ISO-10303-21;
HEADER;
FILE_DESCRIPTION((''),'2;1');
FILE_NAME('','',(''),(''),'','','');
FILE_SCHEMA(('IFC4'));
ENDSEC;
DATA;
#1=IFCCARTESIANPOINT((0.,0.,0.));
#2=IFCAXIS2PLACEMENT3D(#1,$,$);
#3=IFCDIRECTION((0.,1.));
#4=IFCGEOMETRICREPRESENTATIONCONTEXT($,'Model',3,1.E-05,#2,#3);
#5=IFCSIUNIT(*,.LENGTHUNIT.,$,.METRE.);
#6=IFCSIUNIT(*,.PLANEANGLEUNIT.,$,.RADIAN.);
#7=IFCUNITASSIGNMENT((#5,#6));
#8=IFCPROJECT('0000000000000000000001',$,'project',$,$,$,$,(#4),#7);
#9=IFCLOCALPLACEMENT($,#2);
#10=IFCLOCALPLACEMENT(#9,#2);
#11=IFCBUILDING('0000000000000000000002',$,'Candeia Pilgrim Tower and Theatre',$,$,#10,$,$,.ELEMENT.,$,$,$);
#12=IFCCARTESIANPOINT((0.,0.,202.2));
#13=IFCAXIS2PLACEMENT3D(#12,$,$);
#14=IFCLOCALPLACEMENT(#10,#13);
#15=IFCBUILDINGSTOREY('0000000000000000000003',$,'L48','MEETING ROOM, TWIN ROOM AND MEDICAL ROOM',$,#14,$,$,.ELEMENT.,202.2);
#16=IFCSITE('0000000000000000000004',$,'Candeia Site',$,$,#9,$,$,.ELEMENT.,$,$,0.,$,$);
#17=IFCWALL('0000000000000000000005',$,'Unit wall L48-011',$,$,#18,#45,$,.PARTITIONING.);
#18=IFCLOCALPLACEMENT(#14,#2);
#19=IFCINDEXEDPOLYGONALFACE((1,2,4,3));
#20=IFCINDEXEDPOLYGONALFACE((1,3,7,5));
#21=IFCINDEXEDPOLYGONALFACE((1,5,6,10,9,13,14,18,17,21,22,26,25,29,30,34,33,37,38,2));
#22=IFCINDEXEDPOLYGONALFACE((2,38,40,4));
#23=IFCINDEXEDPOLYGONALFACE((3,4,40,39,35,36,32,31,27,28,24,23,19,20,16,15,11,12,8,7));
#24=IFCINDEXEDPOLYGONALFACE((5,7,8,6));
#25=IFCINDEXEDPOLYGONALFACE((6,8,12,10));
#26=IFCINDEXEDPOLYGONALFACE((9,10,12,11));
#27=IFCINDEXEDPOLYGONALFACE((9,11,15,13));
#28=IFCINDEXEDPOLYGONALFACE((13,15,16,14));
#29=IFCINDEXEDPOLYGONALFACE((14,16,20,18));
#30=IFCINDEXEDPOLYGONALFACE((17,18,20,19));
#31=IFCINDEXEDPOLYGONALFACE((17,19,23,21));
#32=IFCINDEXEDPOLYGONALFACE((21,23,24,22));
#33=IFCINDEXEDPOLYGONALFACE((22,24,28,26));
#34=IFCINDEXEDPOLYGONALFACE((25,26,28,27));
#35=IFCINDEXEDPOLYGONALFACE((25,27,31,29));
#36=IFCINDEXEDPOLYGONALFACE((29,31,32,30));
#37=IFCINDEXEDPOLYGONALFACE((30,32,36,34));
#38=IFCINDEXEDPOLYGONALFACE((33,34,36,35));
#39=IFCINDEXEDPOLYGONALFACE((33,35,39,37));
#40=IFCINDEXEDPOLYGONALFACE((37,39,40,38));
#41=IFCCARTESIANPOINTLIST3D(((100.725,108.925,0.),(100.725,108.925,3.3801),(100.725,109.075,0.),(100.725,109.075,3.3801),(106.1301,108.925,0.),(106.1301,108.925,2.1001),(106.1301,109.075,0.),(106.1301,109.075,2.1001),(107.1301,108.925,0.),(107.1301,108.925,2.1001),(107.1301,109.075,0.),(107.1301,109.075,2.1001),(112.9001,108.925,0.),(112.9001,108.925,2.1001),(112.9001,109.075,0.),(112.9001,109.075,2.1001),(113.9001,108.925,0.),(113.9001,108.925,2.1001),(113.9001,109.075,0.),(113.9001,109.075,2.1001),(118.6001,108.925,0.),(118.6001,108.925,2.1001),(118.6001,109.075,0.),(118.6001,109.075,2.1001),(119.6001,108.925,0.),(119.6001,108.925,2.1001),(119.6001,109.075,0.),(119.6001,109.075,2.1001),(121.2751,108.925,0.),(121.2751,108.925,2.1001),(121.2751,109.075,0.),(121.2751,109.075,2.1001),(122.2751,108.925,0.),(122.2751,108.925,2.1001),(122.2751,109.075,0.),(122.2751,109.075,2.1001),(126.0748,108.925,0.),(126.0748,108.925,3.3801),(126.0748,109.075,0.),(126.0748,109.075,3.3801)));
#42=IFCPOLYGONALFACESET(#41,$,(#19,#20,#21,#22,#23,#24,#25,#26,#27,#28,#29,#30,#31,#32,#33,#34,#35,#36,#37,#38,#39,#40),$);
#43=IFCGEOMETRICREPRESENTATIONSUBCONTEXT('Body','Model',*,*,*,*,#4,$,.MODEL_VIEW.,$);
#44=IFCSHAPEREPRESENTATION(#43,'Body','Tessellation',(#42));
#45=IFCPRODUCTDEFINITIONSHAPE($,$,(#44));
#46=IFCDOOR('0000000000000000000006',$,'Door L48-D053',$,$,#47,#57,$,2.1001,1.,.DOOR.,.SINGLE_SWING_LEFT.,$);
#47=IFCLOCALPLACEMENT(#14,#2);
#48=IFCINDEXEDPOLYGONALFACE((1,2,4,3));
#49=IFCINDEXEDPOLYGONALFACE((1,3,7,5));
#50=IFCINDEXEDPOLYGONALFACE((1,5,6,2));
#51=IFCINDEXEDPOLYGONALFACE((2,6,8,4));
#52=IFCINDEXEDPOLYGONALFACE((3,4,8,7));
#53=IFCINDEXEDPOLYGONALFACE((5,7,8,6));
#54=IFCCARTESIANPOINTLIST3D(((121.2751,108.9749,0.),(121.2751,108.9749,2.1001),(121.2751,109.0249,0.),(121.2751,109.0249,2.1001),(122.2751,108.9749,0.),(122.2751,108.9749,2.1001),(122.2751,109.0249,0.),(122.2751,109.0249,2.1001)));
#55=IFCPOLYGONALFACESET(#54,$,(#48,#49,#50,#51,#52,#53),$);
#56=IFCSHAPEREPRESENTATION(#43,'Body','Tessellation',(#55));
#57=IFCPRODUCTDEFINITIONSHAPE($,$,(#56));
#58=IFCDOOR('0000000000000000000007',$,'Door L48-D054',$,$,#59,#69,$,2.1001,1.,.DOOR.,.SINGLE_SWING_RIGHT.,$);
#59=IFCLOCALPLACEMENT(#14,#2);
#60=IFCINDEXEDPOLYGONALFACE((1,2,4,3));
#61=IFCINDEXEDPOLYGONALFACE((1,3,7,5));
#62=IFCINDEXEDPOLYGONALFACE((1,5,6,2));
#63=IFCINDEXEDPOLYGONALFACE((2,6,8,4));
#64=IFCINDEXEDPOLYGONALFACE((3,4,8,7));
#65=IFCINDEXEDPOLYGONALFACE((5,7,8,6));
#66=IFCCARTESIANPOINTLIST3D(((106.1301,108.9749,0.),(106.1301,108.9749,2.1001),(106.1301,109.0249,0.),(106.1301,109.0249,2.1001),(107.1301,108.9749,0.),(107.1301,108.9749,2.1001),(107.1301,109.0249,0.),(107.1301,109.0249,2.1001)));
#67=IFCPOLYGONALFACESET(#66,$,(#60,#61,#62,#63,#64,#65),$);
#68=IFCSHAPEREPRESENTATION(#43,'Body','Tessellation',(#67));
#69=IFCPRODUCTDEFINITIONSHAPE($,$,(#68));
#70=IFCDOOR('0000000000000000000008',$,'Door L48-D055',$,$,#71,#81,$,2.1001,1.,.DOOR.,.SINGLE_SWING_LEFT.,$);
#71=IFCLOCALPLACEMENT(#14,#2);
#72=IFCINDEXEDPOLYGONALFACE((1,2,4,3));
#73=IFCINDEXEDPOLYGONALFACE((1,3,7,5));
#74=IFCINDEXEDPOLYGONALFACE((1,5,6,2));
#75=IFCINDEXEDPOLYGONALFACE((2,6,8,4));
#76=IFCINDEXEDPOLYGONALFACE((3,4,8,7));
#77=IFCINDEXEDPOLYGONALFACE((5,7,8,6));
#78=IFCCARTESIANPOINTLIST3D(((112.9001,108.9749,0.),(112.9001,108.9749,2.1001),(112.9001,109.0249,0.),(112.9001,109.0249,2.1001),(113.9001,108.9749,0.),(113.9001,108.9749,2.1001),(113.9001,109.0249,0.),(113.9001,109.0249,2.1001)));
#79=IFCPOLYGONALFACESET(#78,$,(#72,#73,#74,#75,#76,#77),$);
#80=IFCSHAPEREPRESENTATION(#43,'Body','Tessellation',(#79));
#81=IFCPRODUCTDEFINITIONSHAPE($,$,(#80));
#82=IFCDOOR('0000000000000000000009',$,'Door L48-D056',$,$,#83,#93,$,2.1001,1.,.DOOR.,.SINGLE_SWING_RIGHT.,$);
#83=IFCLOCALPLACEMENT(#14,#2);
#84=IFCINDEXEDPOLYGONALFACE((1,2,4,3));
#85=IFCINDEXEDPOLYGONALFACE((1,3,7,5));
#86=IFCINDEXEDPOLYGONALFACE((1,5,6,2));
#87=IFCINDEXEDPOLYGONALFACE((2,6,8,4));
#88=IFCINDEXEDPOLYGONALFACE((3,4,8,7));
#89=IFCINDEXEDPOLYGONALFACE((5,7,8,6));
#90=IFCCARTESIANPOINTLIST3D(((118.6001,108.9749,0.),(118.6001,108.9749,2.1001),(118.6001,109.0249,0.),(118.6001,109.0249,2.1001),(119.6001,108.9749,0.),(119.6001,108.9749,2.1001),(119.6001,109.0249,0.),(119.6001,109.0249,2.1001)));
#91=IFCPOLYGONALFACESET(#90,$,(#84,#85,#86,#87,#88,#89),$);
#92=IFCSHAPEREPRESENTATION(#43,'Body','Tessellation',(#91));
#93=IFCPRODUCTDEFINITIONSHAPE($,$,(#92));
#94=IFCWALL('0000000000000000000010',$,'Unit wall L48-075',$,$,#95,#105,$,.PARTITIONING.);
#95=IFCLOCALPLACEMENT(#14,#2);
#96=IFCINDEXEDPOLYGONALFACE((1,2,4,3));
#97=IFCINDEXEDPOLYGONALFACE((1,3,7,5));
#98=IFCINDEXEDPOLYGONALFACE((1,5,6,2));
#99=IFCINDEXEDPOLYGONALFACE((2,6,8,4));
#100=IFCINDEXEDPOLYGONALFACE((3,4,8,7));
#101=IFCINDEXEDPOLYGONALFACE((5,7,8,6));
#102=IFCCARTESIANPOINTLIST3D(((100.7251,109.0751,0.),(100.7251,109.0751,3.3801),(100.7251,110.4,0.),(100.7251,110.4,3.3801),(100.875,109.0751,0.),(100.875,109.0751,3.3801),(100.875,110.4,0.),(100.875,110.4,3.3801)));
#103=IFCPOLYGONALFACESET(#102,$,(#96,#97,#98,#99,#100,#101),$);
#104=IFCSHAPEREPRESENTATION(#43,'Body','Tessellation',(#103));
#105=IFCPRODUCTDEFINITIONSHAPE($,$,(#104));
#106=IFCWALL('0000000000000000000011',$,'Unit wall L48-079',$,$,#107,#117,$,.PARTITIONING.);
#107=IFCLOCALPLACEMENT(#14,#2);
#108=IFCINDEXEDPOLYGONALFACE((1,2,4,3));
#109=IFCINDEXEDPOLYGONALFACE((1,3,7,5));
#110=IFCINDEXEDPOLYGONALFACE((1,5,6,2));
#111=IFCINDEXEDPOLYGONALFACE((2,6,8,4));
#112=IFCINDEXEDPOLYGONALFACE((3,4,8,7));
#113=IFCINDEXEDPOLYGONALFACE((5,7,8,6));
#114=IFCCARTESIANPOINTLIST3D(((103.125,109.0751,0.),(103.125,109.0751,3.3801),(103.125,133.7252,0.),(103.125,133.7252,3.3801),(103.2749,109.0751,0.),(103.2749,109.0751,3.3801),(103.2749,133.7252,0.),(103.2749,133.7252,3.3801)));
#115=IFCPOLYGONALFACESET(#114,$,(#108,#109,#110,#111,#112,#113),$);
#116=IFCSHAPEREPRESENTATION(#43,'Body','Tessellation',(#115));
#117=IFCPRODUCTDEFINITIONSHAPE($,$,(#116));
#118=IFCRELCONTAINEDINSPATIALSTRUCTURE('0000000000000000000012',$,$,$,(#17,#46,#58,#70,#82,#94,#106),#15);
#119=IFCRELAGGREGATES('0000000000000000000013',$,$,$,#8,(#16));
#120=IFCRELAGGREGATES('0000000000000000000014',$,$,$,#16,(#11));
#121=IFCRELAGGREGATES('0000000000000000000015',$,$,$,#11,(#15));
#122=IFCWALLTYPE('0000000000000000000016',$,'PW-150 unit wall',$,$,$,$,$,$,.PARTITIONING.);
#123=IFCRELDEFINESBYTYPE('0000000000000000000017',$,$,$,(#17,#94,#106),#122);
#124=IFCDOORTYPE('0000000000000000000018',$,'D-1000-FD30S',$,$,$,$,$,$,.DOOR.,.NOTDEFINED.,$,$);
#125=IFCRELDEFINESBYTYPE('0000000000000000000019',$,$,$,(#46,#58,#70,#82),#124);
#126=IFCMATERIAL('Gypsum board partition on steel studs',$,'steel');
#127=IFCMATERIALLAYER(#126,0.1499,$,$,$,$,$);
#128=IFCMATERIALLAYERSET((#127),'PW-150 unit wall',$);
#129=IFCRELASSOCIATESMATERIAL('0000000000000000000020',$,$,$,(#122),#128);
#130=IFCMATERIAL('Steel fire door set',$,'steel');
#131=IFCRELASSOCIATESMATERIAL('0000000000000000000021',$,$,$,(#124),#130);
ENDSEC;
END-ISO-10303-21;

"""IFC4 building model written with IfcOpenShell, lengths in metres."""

from ifc_helpers import new_model, si_unit, direction, frame, frame_2d, origin, place, context, subcontext, project, spatial, rectangle, extrude, material, layer, layer_set, type_object, element, fill, save


model = new_model("IFC4")

# Units and contexts
model_context = context("Model", 3, precision=1e-05, world=origin(), true_north=direction((0.0, 1.0)))
body_context = subcontext(model_context, "Body", "Model", "MODEL_VIEW")
ifc_project = project(units=[si_unit("LENGTHUNIT", "METRE"), si_unit("PLANEANGLEUNIT", "RADIAN")], contexts=[model_context])

# Site, building, storey
site_placement = place(None, origin())
site = spatial("IfcSite", under=ifc_project, at=site_placement, Name="Candeia Site", CompositionType="ELEMENT", RefElevation=0.0)
building_placement = place(site_placement, origin())
building = spatial("IfcBuilding", under=site, at=building_placement, Name="Candeia Pilgrim Tower and Theatre", CompositionType="ELEMENT")
storey_placement = place(building_placement, frame((0.0, 0.0, 202.2)))
storey = spatial("IfcBuildingStorey", under=building, at=storey_placement, Name="L48", Description="MEETING ROOM, TWIN ROOM AND MEDICAL ROOM", CompositionType="ELEMENT", Elevation=202.2)

# Shared definitions
ifc_material_1 = material(Name="Steel fire door set", Category="steel")
ifc_material_2 = material(Name="Gypsum board partition on steel studs", Category="steel")

# Wall, openings, doors
ifc_layer_1 = layer(ifc_material_2, 0.1499)
ifc_layer_set_1 = layer_set([ifc_layer_1], Name="PW-150 unit wall")
wall_type_1 = type_object("IfcWallType", Name="PW-150 unit wall", PredefinedType="PARTITIONING", material=ifc_layer_set_1)
wall_1_placement = place(storey_placement, frame((100.7251, 109.0, 0.0), z_axis=(0.0, 0.0, 1.0), x_axis=(1.0, 0.0, 0.0)))
wall_1 = element("IfcWall", 1, at=wall_1_placement, inside=storey, type_object=wall_type_1, Name="Unit wall L48-011", PredefinedType="PARTITIONING", context=body_context, shape_type="SweptSolid", body=[
    extrude(rectangle(XDim=25.3499, YDim=0.1499, at=frame_2d((12.6748, 0.0))), origin(), (0.0, 0.0, 1.0), 3.3801),
])
opening_1_placement = place(wall_1_placement, frame((20.55, 0.0, 0.0)))
opening_1 = element("IfcOpeningElement", 2, at=opening_1_placement, cuts=wall_1, PredefinedType="OPENING", context=body_context, shape_type="SweptSolid", body=[
    extrude(rectangle(XDim=1.0, YDim=2.1001, at=frame_2d((0.5, 1.05))), frame((0.0, 0.085, 0.0), z_axis=(0.0, -1.0, 0.0), x_axis=(1.0, 0.0, 0.0)), (0.0, 0.0, 1.0), 0.1699),
])
opening_2_placement = place(wall_1_placement, frame((5.405, 0.0, 0.0)))
opening_2 = element("IfcOpeningElement", 3, at=opening_2_placement, cuts=wall_1, PredefinedType="OPENING", context=body_context, shape_type="SweptSolid", body=[
    extrude(rectangle(XDim=1.0, YDim=2.1001, at=frame_2d((0.5, 1.05))), frame((0.0, 0.085, 0.0), z_axis=(0.0, -1.0, 0.0), x_axis=(1.0, 0.0, 0.0)), (0.0, 0.0, 1.0), 0.1699),
])
opening_3_placement = place(wall_1_placement, frame((12.175, 0.0, 0.0)))
opening_3 = element("IfcOpeningElement", 4, at=opening_3_placement, cuts=wall_1, PredefinedType="OPENING", context=body_context, shape_type="SweptSolid", body=[
    extrude(rectangle(XDim=1.0, YDim=2.1001, at=frame_2d((0.5, 1.05))), frame((0.0, 0.085, 0.0), z_axis=(0.0, -1.0, 0.0), x_axis=(1.0, 0.0, 0.0)), (0.0, 0.0, 1.0), 0.1699),
])
opening_4_placement = place(wall_1_placement, frame((17.875, 0.0, 0.0)))
opening_4 = element("IfcOpeningElement", 5, at=opening_4_placement, cuts=wall_1, PredefinedType="OPENING", context=body_context, shape_type="SweptSolid", body=[
    extrude(rectangle(XDim=1.0, YDim=2.1001, at=frame_2d((0.5, 1.05))), frame((0.0, 0.085, 0.0), z_axis=(0.0, -1.0, 0.0), x_axis=(1.0, 0.0, 0.0)), (0.0, 0.0, 1.0), 0.1699),
])
door_type_1 = type_object("IfcDoorType", Name="D-1000-FD30S", OperationType="NOTDEFINED", PredefinedType="DOOR", material=ifc_material_1)
door_1_placement = place(opening_1_placement, origin())
door_1 = element("IfcDoor", 6, at=door_1_placement, inside=storey, type_object=door_type_1, Name="Door L48-D053", OperationType="SINGLE_SWING_LEFT", OverallHeight=2.1001, OverallWidth=1.0, PredefinedType="DOOR", context=body_context, shape_type="SweptSolid", body=[
    extrude(rectangle(XDim=1.0, YDim=2.1001, at=frame_2d((0.5, 1.05))), frame((0.0, 0.0249, 0.0), z_axis=(0.0, -1.0, 0.0), x_axis=(1.0, 0.0, 0.0)), (0.0, 0.0, 1.0), 0.05),
])
fill(opening_1, door_1)
door_2_placement = place(opening_2_placement, origin())
door_2 = element("IfcDoor", 7, at=door_2_placement, inside=storey, type_object=door_type_1, Name="Door L48-D054", OperationType="SINGLE_SWING_RIGHT", OverallHeight=2.1001, OverallWidth=1.0, PredefinedType="DOOR", context=body_context, shape_type="SweptSolid", body=[
    extrude(rectangle(XDim=1.0, YDim=2.1001, at=frame_2d((0.5, 1.05))), frame((0.0, 0.0249, 0.0), z_axis=(0.0, -1.0, 0.0), x_axis=(1.0, 0.0, 0.0)), (0.0, 0.0, 1.0), 0.05),
])
fill(opening_2, door_2)
door_3_placement = place(opening_3_placement, origin())
door_3 = element("IfcDoor", 8, at=door_3_placement, inside=storey, type_object=door_type_1, Name="Door L48-D055", OperationType="SINGLE_SWING_LEFT", OverallHeight=2.1001, OverallWidth=1.0, PredefinedType="DOOR", context=body_context, shape_type="SweptSolid", body=[
    extrude(rectangle(XDim=1.0, YDim=2.1001, at=frame_2d((0.5, 1.05))), frame((0.0, 0.0249, 0.0), z_axis=(0.0, -1.0, 0.0), x_axis=(1.0, 0.0, 0.0)), (0.0, 0.0, 1.0), 0.05),
])
fill(opening_3, door_3)
door_4_placement = place(opening_4_placement, origin())
door_4 = element("IfcDoor", 9, at=door_4_placement, inside=storey, type_object=door_type_1, Name="Door L48-D056", OperationType="SINGLE_SWING_RIGHT", OverallHeight=2.1001, OverallWidth=1.0, PredefinedType="DOOR", context=body_context, shape_type="SweptSolid", body=[
    extrude(rectangle(XDim=1.0, YDim=2.1001, at=frame_2d((0.5, 1.05))), frame((0.0, 0.0249, 0.0), z_axis=(0.0, -1.0, 0.0), x_axis=(1.0, 0.0, 0.0)), (0.0, 0.0, 1.0), 0.05),
])
fill(opening_4, door_4)

# Walls
wall_2_placement = place(storey_placement, frame((100.8, 109.075, 0.0), z_axis=(0.0, 0.0, 1.0), x_axis=(0.0, 1.0, 0.0)))
element("IfcWall", 10, at=wall_2_placement, inside=storey, type_object=wall_type_1, Name="Unit wall L48-075", PredefinedType="PARTITIONING", context=body_context, shape_type="SweptSolid", body=[
    extrude(rectangle(XDim=1.325, YDim=0.1499, at=frame_2d((0.6626, 0.0))), origin(), (0.0, 0.0, 1.0), 3.3801),
])
wall_3_placement = place(storey_placement, frame((103.2, 109.075, 0.0), z_axis=(0.0, 0.0, 1.0), x_axis=(0.0, 1.0, 0.0)))
element("IfcWall", 11, at=wall_3_placement, inside=storey, type_object=wall_type_1, Name="Unit wall L48-079", PredefinedType="PARTITIONING", context=body_context, shape_type="SweptSolid", body=[
    extrude(rectangle(XDim=24.6501, YDim=0.1499, at=frame_2d((12.3252, 0.0))), origin(), (0.0, 0.0, 1.0), 3.3801),
])

save(model, "model.ifc")
